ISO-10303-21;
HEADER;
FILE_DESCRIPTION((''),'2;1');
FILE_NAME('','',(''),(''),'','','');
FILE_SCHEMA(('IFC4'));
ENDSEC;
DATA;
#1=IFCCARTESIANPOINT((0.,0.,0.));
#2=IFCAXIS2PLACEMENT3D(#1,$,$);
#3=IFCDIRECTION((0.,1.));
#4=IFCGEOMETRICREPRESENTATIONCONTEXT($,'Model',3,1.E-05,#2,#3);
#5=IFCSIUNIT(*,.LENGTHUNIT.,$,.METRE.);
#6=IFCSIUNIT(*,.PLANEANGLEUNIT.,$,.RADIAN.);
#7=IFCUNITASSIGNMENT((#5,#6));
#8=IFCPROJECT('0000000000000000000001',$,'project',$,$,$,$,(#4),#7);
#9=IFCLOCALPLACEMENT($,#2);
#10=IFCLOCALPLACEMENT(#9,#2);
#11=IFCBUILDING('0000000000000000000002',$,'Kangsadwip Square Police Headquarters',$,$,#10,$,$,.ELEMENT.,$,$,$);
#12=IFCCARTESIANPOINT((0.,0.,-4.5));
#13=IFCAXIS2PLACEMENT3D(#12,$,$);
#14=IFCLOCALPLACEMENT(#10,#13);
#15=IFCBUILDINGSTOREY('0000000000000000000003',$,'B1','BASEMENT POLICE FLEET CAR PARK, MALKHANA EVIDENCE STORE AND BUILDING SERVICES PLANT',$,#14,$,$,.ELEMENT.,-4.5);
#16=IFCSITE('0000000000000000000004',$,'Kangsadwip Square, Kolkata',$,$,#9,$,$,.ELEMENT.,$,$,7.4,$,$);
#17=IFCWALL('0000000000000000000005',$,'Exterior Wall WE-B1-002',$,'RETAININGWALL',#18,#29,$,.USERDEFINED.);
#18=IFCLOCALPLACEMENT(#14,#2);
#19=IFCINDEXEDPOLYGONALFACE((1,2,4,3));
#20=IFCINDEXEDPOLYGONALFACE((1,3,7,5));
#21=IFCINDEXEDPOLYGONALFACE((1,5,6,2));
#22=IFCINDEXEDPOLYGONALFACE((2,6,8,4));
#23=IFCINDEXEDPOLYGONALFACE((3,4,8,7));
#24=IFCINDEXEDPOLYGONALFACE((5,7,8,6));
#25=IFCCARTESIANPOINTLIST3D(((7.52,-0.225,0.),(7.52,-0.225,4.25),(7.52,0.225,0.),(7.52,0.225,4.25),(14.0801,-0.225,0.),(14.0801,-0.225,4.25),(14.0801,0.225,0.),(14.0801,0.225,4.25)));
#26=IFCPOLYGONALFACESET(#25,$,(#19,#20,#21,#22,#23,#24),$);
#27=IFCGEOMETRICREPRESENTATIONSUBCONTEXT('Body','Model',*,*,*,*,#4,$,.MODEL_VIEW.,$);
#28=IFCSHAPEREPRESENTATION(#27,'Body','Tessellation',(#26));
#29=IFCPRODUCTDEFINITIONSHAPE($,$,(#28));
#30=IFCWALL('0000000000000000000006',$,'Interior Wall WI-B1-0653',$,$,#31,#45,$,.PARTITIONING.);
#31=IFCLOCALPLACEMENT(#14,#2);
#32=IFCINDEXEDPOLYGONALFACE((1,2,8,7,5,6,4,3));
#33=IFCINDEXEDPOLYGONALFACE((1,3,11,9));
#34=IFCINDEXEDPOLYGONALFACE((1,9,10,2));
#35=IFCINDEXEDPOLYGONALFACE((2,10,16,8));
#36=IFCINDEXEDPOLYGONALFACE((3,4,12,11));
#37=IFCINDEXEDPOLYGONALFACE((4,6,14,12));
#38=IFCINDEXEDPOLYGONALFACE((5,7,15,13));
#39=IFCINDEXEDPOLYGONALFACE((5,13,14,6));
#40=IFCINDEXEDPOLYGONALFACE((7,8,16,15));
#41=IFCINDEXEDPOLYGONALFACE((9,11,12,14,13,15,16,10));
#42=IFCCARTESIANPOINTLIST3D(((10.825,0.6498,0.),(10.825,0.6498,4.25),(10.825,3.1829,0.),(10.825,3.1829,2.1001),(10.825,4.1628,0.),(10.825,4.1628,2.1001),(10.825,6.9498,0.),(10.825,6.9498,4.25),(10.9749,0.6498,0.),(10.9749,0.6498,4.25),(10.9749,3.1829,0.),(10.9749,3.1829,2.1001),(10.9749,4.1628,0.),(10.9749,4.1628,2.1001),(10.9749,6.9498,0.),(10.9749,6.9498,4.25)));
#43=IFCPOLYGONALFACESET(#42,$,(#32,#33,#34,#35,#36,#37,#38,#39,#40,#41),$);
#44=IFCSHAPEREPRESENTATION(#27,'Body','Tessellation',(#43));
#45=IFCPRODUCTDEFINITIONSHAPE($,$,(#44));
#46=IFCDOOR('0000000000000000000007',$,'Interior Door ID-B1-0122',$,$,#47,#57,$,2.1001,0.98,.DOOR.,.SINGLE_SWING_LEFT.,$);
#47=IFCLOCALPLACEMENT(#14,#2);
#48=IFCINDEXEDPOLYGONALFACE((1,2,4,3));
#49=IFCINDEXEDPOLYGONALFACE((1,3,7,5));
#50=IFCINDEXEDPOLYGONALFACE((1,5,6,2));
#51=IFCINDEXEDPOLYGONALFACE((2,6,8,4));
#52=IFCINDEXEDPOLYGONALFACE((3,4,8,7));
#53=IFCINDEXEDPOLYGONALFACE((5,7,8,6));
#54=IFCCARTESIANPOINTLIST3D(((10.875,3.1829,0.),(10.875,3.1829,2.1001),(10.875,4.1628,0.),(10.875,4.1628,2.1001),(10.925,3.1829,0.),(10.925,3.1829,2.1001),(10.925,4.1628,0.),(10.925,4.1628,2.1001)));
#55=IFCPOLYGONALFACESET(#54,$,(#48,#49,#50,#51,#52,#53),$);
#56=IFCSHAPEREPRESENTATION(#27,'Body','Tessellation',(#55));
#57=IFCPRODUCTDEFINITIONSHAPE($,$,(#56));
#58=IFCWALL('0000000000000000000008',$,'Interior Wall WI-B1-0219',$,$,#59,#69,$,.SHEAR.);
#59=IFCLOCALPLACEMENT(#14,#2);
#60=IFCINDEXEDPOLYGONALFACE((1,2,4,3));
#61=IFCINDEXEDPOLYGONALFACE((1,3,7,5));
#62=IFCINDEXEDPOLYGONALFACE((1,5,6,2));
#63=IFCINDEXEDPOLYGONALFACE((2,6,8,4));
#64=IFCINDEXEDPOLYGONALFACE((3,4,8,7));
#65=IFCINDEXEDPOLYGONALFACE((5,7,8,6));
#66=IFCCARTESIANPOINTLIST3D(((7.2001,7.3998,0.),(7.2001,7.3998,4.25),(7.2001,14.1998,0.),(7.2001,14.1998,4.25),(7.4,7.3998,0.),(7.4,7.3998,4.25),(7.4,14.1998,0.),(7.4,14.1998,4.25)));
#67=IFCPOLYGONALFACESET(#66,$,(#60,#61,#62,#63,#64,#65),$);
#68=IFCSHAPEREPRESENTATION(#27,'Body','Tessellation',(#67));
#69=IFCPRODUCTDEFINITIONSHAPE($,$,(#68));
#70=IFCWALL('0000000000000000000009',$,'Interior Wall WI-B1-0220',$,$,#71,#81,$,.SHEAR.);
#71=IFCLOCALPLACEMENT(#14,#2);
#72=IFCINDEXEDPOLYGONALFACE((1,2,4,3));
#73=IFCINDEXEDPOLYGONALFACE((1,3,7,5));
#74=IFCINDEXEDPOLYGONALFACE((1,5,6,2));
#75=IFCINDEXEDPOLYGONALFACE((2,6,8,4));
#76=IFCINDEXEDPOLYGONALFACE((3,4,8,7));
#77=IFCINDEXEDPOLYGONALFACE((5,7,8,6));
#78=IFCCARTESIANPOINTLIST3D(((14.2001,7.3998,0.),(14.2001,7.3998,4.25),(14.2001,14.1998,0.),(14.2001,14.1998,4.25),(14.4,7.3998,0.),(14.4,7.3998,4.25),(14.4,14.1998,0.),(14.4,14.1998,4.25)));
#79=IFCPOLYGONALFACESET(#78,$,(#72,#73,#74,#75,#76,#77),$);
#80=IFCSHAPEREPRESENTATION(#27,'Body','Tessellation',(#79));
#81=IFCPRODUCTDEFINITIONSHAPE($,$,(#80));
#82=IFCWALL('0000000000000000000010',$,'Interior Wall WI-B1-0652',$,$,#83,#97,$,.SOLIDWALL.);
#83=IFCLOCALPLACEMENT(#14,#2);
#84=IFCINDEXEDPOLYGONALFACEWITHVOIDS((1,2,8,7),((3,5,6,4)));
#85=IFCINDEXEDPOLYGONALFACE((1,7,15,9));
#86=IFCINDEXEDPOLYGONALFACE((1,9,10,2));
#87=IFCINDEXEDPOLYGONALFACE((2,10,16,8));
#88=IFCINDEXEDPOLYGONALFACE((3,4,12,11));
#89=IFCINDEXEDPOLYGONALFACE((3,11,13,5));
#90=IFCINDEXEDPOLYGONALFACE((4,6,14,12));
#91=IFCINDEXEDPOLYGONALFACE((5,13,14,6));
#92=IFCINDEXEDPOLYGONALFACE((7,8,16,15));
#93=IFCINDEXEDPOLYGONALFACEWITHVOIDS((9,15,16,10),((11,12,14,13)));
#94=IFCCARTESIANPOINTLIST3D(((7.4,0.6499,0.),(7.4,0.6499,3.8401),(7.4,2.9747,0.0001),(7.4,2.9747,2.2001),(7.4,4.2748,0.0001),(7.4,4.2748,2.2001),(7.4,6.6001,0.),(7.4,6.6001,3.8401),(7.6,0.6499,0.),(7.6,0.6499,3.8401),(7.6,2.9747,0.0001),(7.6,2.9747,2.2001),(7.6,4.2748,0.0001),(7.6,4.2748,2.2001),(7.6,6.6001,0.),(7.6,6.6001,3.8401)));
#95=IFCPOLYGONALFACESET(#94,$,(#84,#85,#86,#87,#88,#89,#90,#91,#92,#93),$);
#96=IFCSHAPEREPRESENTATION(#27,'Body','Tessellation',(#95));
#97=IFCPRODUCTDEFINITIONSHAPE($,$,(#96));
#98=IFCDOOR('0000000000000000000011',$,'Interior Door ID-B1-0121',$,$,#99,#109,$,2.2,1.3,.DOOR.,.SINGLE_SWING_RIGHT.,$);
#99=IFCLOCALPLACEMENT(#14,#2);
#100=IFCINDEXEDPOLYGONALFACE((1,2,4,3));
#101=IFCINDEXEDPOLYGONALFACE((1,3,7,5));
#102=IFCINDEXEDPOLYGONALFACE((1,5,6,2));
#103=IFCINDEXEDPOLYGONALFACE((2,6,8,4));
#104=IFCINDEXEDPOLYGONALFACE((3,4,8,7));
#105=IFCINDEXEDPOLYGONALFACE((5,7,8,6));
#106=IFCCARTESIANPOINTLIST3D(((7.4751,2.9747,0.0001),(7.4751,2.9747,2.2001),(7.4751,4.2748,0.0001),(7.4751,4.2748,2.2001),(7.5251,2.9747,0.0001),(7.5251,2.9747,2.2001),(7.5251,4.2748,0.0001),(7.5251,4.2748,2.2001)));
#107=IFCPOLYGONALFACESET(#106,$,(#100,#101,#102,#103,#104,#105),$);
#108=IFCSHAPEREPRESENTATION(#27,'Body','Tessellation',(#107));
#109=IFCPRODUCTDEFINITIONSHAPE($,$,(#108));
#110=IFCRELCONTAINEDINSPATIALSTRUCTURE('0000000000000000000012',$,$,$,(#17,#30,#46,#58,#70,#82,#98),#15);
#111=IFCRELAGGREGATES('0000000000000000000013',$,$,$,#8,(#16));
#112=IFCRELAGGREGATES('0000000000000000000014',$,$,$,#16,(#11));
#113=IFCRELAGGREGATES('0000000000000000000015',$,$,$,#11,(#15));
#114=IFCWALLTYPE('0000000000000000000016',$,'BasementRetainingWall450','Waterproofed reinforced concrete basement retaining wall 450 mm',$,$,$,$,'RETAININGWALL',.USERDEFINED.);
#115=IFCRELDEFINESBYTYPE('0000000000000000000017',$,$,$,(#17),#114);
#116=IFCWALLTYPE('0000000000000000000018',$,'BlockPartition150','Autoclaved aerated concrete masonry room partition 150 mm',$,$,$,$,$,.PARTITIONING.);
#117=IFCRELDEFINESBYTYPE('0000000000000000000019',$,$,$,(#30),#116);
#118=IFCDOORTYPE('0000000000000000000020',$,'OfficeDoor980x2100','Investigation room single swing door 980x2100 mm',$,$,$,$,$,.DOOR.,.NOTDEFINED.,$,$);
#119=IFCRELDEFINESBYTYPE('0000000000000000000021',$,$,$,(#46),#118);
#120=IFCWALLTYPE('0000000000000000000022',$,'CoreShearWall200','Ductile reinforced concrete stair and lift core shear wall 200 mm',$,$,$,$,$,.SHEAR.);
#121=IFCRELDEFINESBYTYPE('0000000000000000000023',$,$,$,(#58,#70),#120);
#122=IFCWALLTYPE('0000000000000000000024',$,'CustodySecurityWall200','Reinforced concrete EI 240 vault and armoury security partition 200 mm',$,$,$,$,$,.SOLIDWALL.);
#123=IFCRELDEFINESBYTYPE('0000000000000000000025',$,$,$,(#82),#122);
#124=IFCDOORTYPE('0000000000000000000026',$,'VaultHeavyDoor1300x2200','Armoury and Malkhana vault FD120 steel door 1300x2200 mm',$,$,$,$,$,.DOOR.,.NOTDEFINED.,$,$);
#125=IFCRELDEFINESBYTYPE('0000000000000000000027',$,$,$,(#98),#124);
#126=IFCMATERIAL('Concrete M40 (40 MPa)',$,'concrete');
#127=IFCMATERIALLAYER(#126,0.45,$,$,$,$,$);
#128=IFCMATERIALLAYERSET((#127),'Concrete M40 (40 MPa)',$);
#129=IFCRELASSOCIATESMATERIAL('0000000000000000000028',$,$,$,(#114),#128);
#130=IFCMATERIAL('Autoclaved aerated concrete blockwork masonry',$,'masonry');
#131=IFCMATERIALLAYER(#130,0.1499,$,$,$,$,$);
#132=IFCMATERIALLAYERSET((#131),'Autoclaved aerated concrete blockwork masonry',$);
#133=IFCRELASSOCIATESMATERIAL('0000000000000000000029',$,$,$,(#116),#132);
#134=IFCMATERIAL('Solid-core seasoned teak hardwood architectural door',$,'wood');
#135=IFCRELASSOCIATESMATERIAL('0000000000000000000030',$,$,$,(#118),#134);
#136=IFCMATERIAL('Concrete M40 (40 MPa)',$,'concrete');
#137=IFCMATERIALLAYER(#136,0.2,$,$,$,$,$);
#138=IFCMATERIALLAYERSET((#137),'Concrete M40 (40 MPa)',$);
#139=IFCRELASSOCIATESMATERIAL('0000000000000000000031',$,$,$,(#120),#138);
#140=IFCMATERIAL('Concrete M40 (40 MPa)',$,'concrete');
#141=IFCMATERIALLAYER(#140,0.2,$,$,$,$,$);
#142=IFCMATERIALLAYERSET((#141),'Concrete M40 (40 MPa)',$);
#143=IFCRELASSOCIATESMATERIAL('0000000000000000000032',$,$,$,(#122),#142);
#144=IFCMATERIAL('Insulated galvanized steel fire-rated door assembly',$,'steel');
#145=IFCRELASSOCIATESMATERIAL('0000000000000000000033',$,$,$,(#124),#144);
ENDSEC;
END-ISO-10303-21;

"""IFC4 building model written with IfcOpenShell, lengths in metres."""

from ifc_helpers import new_model, si_unit, direction, frame, frame_2d, origin, place, context, subcontext, project, spatial, rectangle, extrude, material, layer, layer_set, type_object, element, fill, save


model = new_model("IFC4")

# Units and contexts
model_context = context("Model", 3, precision=1e-05, world=origin(), true_north=direction((0.0, 1.0)))
body_context = subcontext(model_context, "Body", "Model", "MODEL_VIEW")
ifc_project = project(units=[si_unit("LENGTHUNIT", "METRE"), si_unit("PLANEANGLEUNIT", "RADIAN")], contexts=[model_context])

# Site, building, storey
site_placement = place(None, origin())
site = spatial("IfcSite", under=ifc_project, at=site_placement, Name="Kangsadwip Square, Kolkata", CompositionType="ELEMENT", RefElevation=7.4)
building_placement = place(site_placement, origin())
building = spatial("IfcBuilding", under=site, at=building_placement, Name="Kangsadwip Square Police Headquarters", CompositionType="ELEMENT")
storey_placement = place(building_placement, frame((0.0, 0.0, -4.5)))
storey = spatial("IfcBuildingStorey", under=building, at=storey_placement, Name="B1", Description="BASEMENT POLICE FLEET CAR PARK, MALKHANA EVIDENCE STORE AND BUILDING SERVICES PLANT", CompositionType="ELEMENT", Elevation=-4.5)

# Wall
ifc_material_1 = material(Name="Concrete M40 (40 MPa)", Category="concrete")
ifc_layer_1 = layer(ifc_material_1, 0.45)
ifc_layer_set_1 = layer_set([ifc_layer_1], Name="Concrete M40 (40 MPa)")
wall_type_1 = type_object("IfcWallType", Name="BasementRetainingWall450", Description="Waterproofed reinforced concrete basement retaining wall 450 mm", ElementType="RETAININGWALL", PredefinedType="USERDEFINED", material=ifc_layer_set_1)
wall_1_placement = place(storey_placement, frame((7.52, 0.0, 0.0), z_axis=(0.0, 0.0, 1.0), x_axis=(1.0, 0.0, 0.0)))
element("IfcWall", 1, at=wall_1_placement, inside=storey, type_object=wall_type_1, Name="Exterior Wall WE-B1-002", ObjectType="RETAININGWALL", PredefinedType="USERDEFINED", context=body_context, shape_type="SweptSolid", body=[
    extrude(rectangle(XDim=6.5601, YDim=0.45, at=frame_2d((3.28, 0.0))), origin(), (0.0, 0.0, 1.0), 4.25),
])

# Wall, opening, door
ifc_material_2 = material(Name="Autoclaved aerated concrete blockwork masonry", Category="masonry")
ifc_layer_2 = layer(ifc_material_2, 0.1499)
ifc_layer_set_2 = layer_set([ifc_layer_2], Name="Autoclaved aerated concrete blockwork masonry")
wall_type_2 = type_object("IfcWallType", Name="BlockPartition150", Description="Autoclaved aerated concrete masonry room partition 150 mm", PredefinedType="PARTITIONING", material=ifc_layer_set_2)
wall_2_placement = place(storey_placement, frame((10.8999, 0.6499, 0.0), z_axis=(0.0, 0.0, 1.0), x_axis=(0.0, 1.0, 0.0)))
wall_2 = element("IfcWall", 2, at=wall_2_placement, inside=storey, type_object=wall_type_2, Name="Interior Wall WI-B1-0653", PredefinedType="PARTITIONING", context=body_context, shape_type="SweptSolid", body=[
    extrude(rectangle(XDim=6.3, YDim=0.1499, at=frame_2d((3.1499, 0.0))), origin(), (0.0, 0.0, 1.0), 4.25),
])
opening_1_placement = place(wall_2_placement, frame((2.533, 0.0, 0.0)))
opening_1 = element("IfcOpeningElement", 3, at=opening_1_placement, cuts=wall_2, PredefinedType="OPENING", context=body_context, shape_type="SweptSolid", body=[
    extrude(rectangle(XDim=0.98, YDim=2.1001, at=frame_2d((0.49, 1.05))), frame((0.0, 0.085, 0.0), z_axis=(0.0, -1.0, 0.0), x_axis=(1.0, 0.0, 0.0)), (0.0, 0.0, 1.0), 0.1699),
])
ifc_material_3 = material(Name="Solid-core seasoned teak hardwood architectural door", Category="wood")
door_type_1 = type_object("IfcDoorType", Name="OfficeDoor980x2100", Description="Investigation room single swing door 980x2100 mm", OperationType="NOTDEFINED", PredefinedType="DOOR", material=ifc_material_3)
door_1_placement = place(opening_1_placement, origin())
door_1 = element("IfcDoor", 4, at=door_1_placement, inside=storey, type_object=door_type_1, Name="Interior Door ID-B1-0122", OperationType="SINGLE_SWING_LEFT", OverallHeight=2.1001, OverallWidth=0.98, PredefinedType="DOOR", context=body_context, shape_type="SweptSolid", body=[
    extrude(rectangle(XDim=0.98, YDim=2.1001, at=frame_2d((0.49, 1.05))), frame((0.0, 0.0249, 0.0), z_axis=(0.0, -1.0, 0.0), x_axis=(1.0, 0.0, 0.0)), (0.0, 0.0, 1.0), 0.05),
])
fill(opening_1, door_1)
ifc_material_4 = material(Name="Concrete M40 (40 MPa)", Category="concrete")
ifc_layer_3 = layer(ifc_material_4, 0.2)
ifc_layer_set_3 = layer_set([ifc_layer_3], Name="Concrete M40 (40 MPa)")
wall_type_3 = type_object("IfcWallType", Name="CoreShearWall200", Description="Ductile reinforced concrete stair and lift core shear wall 200 mm", PredefinedType="SHEAR", material=ifc_layer_set_3)

# Walls
for number, where, z_axis, x_axis, name in (
    (5, (7.3, 7.3999, 0.0), (0.0, 0.0, 1.0), (0.0, 1.0, 0.0), "Interior Wall WI-B1-0219"),
    (6, (14.3, 7.3999, 0.0), (0.0, 0.0, 1.0), (0.0, 1.0, 0.0), "Interior Wall WI-B1-0220"),
):
    element("IfcWall", number, at=place(storey_placement, frame(where, z_axis=z_axis, x_axis=x_axis)), inside=storey, type_object=wall_type_3, Name=name, PredefinedType="SHEAR", context=body_context, shape_type="SweptSolid", body=[
        extrude(rectangle(XDim=6.8, YDim=0.2, at=frame_2d((3.3999, 0.0))), origin(), (0.0, 0.0, 1.0), 4.25),
    ])

# Wall, opening, door
ifc_material_5 = material(Name="Concrete M40 (40 MPa)", Category="concrete")
ifc_layer_4 = layer(ifc_material_5, 0.2)
ifc_layer_set_4 = layer_set([ifc_layer_4], Name="Concrete M40 (40 MPa)")
wall_type_4 = type_object("IfcWallType", Name="CustodySecurityWall200", Description="Reinforced concrete EI 240 vault and armoury security partition 200 mm", PredefinedType="SOLIDWALL", material=ifc_layer_set_4)
wall_3_placement = place(storey_placement, frame((7.5, 0.6499, 0.0), z_axis=(0.0, 0.0, 1.0), x_axis=(0.0, 1.0, 0.0)))
wall_3 = element("IfcWall", 7, at=wall_3_placement, inside=storey, type_object=wall_type_4, Name="Interior Wall WI-B1-0652", PredefinedType="SOLIDWALL", context=body_context, shape_type="SweptSolid", body=[
    extrude(rectangle(XDim=5.9502, YDim=0.2, at=frame_2d((2.9751, 0.0))), origin(), (0.0, 0.0, 1.0), 3.8401),
])
opening_2_placement = place(wall_3_placement, frame((2.325, 0.0, 0.0)))
opening_2 = element("IfcOpeningElement", 8, at=opening_2_placement, cuts=wall_3, PredefinedType="OPENING", context=body_context, shape_type="SweptSolid", body=[
    extrude(rectangle(XDim=1.3, YDim=2.2, at=frame_2d((0.6499, 1.1001))), frame((0.0, 0.1099, 0.0), z_axis=(0.0, -1.0, 0.0), x_axis=(1.0, 0.0, 0.0)), (0.0, 0.0, 1.0), 0.22),
])
ifc_material_6 = material(Name="Insulated galvanized steel fire-rated door assembly", Category="steel")
door_type_2 = type_object("IfcDoorType", Name="VaultHeavyDoor1300x2200", Description="Armoury and Malkhana vault FD120 steel door 1300x2200 mm", OperationType="NOTDEFINED", PredefinedType="DOOR", material=ifc_material_6)
door_2_placement = place(opening_2_placement, origin())
door_2 = element("IfcDoor", 9, at=door_2_placement, inside=storey, type_object=door_type_2, Name="Interior Door ID-B1-0121", OperationType="SINGLE_SWING_RIGHT", OverallHeight=2.2, OverallWidth=1.3, PredefinedType="DOOR", context=body_context, shape_type="SweptSolid", body=[
    extrude(rectangle(XDim=1.3, YDim=2.2, at=frame_2d((0.6499, 1.1001))), frame((0.0, 0.0249, 0.0), z_axis=(0.0, -1.0, 0.0), x_axis=(1.0, 0.0, 0.0)), (0.0, 0.0, 1.0), 0.05),
])
fill(opening_2, door_2)

save(model, "model.ifc")
